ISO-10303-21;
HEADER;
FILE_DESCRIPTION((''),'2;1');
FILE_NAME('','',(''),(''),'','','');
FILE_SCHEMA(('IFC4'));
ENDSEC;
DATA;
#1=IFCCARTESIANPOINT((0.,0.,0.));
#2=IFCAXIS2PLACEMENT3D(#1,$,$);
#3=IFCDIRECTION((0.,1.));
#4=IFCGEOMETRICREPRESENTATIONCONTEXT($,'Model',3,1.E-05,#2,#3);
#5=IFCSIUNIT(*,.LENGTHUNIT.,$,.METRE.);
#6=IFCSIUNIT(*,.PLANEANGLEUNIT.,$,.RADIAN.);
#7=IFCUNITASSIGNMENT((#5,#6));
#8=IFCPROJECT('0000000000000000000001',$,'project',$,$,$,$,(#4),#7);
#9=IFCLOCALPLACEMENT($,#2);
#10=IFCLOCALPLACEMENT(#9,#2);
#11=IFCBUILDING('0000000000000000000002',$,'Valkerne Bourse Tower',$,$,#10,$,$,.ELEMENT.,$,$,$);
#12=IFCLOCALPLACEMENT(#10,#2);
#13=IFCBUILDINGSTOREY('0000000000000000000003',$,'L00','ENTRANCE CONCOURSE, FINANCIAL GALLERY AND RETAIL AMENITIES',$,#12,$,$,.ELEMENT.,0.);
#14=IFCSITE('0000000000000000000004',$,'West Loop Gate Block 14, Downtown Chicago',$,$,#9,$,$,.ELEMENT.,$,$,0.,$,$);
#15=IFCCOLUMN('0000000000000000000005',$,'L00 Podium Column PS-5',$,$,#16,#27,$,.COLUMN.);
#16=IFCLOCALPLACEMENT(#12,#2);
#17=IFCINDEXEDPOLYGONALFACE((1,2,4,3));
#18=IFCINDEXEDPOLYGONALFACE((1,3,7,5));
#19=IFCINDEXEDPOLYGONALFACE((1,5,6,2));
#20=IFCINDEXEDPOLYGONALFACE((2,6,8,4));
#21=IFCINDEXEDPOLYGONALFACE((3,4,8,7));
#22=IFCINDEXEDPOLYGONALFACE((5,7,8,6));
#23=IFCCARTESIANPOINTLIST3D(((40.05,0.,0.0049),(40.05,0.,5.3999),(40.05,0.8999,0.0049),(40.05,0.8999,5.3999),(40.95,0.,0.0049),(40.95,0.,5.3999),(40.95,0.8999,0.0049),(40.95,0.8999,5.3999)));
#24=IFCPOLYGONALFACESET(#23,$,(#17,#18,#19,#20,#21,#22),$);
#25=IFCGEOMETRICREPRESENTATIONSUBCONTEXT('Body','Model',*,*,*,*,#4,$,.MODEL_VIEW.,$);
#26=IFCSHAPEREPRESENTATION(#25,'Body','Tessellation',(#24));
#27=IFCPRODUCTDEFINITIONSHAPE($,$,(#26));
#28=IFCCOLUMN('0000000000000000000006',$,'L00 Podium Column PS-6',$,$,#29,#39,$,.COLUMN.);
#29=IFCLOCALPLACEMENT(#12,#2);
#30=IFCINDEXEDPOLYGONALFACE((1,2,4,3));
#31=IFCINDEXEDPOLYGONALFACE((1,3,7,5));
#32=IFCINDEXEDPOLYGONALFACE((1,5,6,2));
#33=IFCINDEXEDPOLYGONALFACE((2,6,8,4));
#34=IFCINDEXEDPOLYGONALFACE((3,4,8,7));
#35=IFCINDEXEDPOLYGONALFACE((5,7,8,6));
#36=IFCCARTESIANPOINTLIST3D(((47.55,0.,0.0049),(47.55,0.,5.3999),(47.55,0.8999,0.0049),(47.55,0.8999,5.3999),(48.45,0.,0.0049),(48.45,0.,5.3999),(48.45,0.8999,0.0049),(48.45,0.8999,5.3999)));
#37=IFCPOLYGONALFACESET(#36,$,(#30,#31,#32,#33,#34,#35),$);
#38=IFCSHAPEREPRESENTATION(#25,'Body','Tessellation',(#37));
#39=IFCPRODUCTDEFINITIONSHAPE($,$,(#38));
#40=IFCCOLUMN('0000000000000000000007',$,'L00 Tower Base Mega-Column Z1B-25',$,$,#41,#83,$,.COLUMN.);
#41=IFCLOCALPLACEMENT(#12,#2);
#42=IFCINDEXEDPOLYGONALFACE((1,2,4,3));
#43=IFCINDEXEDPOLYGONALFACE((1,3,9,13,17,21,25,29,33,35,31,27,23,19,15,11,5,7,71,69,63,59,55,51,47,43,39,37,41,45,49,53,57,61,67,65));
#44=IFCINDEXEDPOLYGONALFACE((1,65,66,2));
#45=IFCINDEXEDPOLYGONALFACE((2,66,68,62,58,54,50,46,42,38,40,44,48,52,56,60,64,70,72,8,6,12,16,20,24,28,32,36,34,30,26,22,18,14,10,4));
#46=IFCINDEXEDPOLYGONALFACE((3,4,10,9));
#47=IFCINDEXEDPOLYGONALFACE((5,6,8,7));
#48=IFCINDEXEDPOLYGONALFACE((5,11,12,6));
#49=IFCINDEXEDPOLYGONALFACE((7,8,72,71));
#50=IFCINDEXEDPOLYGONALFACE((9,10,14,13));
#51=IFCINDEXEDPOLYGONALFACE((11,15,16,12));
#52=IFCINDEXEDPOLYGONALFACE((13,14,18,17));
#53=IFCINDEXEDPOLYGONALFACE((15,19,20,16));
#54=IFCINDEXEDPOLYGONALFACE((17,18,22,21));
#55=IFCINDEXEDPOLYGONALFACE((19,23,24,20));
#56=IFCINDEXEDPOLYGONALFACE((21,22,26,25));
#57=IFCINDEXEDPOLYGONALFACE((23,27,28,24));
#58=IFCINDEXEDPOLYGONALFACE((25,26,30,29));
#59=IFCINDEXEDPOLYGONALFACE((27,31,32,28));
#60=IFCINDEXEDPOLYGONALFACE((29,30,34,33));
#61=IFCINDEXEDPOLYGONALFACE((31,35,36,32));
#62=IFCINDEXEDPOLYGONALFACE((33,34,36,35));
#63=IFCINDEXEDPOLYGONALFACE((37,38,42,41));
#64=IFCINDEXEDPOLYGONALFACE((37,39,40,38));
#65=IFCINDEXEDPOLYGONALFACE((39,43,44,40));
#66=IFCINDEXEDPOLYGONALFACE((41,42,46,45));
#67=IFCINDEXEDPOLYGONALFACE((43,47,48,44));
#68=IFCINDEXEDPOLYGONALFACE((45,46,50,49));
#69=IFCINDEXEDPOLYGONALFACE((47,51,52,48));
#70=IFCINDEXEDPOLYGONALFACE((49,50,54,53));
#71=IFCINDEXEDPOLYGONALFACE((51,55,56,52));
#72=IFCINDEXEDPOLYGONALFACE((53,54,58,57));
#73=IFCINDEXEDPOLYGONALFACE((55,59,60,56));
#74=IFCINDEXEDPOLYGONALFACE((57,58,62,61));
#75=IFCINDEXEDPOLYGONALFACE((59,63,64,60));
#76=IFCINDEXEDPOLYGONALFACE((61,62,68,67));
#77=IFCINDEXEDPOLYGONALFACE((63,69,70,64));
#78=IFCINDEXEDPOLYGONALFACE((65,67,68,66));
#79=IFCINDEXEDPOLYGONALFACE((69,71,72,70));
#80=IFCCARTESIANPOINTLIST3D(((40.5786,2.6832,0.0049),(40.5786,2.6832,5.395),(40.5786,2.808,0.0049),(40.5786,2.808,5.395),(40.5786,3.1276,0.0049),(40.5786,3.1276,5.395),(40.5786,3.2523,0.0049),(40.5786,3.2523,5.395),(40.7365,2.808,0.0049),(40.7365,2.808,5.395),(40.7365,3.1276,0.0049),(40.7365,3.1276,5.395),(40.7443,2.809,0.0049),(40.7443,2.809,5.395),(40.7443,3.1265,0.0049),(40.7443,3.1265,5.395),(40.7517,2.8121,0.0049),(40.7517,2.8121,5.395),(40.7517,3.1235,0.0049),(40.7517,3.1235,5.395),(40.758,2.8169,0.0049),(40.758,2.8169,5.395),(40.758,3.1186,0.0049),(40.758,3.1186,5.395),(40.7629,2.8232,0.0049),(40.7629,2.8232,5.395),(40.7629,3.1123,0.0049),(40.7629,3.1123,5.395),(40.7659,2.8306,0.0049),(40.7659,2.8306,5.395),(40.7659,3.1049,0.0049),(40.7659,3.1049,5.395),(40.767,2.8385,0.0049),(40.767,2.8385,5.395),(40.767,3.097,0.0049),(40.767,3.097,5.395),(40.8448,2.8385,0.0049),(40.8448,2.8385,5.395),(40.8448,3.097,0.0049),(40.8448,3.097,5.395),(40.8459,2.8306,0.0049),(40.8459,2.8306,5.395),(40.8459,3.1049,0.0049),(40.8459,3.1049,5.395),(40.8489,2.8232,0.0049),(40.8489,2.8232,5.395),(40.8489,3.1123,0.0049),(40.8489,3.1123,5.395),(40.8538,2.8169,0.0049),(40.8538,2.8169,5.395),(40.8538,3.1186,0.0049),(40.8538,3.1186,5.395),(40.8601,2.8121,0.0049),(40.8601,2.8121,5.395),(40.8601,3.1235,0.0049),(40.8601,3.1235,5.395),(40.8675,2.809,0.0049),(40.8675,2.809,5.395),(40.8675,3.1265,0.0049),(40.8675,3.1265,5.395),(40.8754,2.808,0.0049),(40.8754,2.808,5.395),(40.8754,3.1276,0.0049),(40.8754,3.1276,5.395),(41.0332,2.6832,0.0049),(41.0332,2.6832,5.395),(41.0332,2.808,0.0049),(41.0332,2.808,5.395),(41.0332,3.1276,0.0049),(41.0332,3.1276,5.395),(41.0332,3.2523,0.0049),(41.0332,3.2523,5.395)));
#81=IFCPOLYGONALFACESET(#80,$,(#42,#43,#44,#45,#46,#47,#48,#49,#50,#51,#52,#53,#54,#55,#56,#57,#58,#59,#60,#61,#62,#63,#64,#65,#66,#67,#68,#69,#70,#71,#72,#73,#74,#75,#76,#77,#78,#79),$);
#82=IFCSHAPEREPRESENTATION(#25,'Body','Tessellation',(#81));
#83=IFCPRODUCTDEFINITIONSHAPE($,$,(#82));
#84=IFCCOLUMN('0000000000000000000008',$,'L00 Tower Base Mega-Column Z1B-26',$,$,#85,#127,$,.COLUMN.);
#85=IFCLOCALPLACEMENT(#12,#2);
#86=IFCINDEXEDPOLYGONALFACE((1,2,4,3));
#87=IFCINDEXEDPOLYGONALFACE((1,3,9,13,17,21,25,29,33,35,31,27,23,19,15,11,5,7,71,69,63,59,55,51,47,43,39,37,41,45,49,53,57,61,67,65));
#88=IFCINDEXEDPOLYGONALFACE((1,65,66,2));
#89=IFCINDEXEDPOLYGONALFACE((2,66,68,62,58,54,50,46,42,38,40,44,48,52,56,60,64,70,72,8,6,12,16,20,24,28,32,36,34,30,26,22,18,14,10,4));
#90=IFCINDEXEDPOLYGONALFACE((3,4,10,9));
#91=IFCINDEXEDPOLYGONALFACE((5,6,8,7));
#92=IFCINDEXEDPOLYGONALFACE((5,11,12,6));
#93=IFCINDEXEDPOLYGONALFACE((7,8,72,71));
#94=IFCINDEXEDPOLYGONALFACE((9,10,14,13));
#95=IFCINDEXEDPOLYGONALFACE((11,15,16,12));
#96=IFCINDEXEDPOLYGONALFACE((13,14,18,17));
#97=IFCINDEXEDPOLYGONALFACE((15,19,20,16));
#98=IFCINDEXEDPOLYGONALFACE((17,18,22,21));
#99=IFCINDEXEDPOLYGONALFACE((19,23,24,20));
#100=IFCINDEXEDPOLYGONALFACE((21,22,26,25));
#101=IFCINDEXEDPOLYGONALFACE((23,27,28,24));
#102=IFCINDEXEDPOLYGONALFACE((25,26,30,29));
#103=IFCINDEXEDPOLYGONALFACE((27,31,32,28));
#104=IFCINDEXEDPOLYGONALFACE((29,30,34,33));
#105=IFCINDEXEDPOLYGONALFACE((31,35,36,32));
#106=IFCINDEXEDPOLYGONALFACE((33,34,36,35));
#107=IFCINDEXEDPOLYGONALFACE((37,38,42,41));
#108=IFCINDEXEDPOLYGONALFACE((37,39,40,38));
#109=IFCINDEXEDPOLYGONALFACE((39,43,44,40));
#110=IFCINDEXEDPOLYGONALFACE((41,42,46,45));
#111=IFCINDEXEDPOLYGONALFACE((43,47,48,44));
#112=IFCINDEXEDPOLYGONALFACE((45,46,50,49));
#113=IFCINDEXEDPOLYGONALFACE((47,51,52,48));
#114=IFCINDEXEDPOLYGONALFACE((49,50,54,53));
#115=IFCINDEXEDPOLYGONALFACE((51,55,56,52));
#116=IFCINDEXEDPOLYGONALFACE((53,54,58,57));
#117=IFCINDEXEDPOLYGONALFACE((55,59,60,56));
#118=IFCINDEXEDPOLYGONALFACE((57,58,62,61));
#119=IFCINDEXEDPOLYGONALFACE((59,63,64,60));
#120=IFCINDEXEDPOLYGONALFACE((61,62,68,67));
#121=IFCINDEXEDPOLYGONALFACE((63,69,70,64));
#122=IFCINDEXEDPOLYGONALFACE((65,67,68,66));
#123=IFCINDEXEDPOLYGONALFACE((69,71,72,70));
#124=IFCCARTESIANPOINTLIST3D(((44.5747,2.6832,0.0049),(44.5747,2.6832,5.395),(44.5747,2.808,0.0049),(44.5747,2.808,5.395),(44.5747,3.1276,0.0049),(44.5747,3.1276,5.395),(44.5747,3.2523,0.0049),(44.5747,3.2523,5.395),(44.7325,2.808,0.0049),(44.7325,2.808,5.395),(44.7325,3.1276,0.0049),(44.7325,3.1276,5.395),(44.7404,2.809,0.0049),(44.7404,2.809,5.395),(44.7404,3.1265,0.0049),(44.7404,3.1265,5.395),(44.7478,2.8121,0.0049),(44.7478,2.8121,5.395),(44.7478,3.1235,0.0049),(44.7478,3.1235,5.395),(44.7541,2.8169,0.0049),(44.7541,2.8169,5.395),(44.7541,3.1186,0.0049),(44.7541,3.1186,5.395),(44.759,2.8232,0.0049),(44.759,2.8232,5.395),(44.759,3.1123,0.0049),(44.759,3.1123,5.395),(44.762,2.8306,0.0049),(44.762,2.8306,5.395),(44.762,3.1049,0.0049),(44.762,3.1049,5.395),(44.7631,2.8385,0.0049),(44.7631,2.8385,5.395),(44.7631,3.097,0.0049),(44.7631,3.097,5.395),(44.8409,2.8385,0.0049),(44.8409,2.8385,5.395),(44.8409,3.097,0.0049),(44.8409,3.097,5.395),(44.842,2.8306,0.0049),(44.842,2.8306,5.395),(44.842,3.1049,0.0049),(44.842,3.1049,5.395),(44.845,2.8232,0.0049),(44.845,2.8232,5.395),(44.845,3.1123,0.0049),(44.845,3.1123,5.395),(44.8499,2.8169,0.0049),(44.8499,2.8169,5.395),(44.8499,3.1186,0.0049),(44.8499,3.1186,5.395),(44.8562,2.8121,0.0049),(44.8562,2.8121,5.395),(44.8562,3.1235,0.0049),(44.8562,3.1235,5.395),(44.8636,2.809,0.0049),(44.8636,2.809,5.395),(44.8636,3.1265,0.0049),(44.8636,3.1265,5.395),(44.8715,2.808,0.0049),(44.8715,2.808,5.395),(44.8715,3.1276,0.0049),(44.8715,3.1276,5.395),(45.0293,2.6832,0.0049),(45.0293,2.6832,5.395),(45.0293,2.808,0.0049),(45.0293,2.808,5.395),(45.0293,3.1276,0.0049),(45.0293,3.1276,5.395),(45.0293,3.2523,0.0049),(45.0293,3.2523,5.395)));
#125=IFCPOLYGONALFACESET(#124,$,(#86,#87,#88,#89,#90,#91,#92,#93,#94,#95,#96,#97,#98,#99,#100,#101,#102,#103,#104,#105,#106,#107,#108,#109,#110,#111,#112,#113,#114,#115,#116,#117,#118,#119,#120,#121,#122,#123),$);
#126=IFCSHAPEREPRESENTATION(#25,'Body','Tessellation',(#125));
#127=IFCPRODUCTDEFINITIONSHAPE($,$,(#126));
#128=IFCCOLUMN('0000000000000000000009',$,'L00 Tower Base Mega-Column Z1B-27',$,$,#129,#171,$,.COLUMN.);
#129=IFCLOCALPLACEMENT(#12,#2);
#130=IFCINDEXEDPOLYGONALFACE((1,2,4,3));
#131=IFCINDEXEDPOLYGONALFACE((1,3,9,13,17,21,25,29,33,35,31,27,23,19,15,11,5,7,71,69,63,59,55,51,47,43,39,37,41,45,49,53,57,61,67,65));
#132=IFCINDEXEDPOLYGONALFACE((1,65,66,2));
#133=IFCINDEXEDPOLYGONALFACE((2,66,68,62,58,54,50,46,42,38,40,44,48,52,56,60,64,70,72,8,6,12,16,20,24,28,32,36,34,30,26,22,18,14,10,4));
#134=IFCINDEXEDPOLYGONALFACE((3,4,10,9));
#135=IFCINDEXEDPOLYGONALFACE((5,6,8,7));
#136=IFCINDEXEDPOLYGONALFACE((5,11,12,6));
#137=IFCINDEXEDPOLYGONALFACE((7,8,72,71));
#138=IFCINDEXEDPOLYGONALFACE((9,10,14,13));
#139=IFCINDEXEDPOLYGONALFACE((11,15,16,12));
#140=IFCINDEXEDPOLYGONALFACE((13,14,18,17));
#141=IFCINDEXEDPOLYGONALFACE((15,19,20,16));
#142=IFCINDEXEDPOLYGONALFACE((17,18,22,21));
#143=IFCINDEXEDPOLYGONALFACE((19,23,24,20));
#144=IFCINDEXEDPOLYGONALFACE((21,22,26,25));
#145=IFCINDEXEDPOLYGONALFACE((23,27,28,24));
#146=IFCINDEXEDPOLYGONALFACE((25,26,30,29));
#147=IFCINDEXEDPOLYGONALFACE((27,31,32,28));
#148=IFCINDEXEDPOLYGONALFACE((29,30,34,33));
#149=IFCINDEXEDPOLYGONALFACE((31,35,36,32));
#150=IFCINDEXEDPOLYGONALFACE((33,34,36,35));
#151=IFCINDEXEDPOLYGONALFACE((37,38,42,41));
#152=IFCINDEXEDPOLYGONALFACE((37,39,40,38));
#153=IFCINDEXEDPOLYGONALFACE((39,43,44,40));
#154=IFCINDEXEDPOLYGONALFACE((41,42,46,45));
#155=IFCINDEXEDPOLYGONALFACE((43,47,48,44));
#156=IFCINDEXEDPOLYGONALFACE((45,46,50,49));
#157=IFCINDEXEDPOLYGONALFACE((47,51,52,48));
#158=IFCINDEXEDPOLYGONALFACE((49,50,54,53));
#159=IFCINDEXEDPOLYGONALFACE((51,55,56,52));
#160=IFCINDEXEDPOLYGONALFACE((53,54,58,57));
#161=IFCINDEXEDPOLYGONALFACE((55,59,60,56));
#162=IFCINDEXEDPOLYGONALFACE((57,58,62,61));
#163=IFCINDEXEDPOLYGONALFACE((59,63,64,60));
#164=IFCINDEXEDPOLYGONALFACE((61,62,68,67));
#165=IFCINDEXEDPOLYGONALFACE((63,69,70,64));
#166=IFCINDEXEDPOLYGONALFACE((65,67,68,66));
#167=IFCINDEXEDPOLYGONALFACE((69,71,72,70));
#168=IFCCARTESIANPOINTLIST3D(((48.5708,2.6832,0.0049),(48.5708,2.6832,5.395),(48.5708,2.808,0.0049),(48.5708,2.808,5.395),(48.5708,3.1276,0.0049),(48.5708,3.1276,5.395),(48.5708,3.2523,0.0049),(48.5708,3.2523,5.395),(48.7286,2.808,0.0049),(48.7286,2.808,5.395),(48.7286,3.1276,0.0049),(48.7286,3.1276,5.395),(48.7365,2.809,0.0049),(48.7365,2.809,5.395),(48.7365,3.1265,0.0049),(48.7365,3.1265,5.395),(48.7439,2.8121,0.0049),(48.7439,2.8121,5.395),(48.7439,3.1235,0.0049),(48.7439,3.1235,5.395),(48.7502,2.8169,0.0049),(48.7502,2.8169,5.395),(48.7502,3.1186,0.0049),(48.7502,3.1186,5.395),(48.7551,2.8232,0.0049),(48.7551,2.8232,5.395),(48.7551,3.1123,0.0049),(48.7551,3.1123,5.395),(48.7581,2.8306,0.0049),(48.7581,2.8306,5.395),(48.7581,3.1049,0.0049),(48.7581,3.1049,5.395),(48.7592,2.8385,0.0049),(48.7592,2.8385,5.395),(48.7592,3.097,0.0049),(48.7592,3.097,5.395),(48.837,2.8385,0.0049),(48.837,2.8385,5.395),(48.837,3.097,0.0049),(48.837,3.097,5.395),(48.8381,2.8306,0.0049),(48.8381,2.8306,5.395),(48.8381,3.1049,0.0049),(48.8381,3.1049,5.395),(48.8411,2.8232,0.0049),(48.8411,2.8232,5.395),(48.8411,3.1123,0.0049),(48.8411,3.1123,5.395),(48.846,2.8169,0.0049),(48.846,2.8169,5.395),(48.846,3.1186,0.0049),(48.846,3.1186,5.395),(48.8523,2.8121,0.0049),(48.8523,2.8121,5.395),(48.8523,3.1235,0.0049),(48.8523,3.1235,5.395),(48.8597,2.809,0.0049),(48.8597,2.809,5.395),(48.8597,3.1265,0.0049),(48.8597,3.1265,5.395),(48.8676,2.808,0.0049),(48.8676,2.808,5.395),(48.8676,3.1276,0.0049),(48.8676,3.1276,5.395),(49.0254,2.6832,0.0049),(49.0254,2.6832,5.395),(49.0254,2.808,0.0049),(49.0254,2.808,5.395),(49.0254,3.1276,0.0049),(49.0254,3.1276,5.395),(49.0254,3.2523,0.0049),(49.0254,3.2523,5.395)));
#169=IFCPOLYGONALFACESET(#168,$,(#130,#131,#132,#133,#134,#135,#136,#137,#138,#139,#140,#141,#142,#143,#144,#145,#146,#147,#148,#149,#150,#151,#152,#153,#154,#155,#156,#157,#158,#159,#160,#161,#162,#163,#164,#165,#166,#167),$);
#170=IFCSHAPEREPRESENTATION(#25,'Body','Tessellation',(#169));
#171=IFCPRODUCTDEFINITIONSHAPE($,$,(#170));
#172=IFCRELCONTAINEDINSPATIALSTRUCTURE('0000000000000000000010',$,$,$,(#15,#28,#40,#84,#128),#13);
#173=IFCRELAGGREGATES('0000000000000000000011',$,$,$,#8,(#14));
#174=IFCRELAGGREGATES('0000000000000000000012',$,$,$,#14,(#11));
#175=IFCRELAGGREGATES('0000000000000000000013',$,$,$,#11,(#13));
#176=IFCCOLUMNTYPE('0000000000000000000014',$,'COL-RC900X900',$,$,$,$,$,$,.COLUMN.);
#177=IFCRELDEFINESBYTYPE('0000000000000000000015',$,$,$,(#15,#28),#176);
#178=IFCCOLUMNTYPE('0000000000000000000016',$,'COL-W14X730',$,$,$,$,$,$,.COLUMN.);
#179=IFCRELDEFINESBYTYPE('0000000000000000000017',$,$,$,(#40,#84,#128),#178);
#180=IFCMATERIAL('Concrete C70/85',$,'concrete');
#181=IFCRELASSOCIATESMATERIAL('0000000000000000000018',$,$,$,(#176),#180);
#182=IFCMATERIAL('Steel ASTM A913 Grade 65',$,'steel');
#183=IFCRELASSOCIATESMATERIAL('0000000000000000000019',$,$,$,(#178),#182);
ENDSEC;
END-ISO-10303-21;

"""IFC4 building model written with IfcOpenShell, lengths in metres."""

from ifc_helpers import new_model, si_unit, direction, frame, origin, origin_2d, place, context, subcontext, project, spatial, rectangle, i_section, extrude, material, material_profile, profile_set, type_object, element, save


model = new_model("IFC4")

# Units and contexts
model_context = context("Model", 3, precision=1e-05, world=origin(), true_north=direction((0.0, 1.0)))
body_context = subcontext(model_context, "Body", "Model", "MODEL_VIEW")
ifc_project = project(units=[si_unit("LENGTHUNIT", "METRE"), si_unit("PLANEANGLEUNIT", "RADIAN")], contexts=[model_context])

# Site, building, storey
site_placement = place(None, origin())
site = spatial("IfcSite", under=ifc_project, at=site_placement, Name="West Loop Gate Block 14, Downtown Chicago", CompositionType="ELEMENT", RefElevation=0.0)
building_placement = place(site_placement, origin())
building = spatial("IfcBuilding", under=site, at=building_placement, Name="Valkerne Bourse Tower", CompositionType="ELEMENT")
storey_placement = place(building_placement, origin())
storey = spatial("IfcBuildingStorey", under=building, at=storey_placement, Name="L00", Description="ENTRANCE CONCOURSE, FINANCIAL GALLERY AND RETAIL AMENITIES", CompositionType="ELEMENT", Elevation=0.0)

# Columns
ifc_material_1 = material(Name="Concrete C70/85", Category="concrete")
ifc_material_profile_1 = material_profile(ifc_material_1, rectangle(XDim=0.8999, YDim=0.8999, at=origin_2d()), Name="RC900X900")
ifc_profile_set_1 = profile_set([ifc_material_profile_1], Name="Concrete C70/85")
column_type_1 = type_object("IfcColumnType", Name="COL-RC900X900", PredefinedType="COLUMN", material=ifc_profile_set_1)
for number, where, z_axis, x_axis, name in (
    (1, (40.5, 0.45, 0.0049), (0.0, 0.0, 1.0), (1.0, 0.0, 0.0), "L00 Podium Column PS-5"),
    (2, (48.0, 0.45, 0.0049), (0.0, 0.0, 1.0), (1.0, 0.0, 0.0), "L00 Podium Column PS-6"),
):
    element("IfcColumn", number, at=place(storey_placement, frame(where, z_axis=z_axis, x_axis=x_axis)), inside=storey, type_object=column_type_1, Name=name, PredefinedType="COLUMN", context=body_context, shape_type="SweptSolid", body=[
        extrude(rectangle(XDim=0.8999, YDim=0.8999, at=origin_2d()), origin(), (0.0, 0.0, 1.0), 5.395),
    ])
ifc_material_2 = material(Name="Steel ASTM A913 Grade 65", Category="steel")
ifc_material_profile_2 = material_profile(ifc_material_2, i_section(OverallWidth=0.4546, OverallDepth=0.5691, WebThickness=0.0779, FlangeThickness=0.1248, FilletRadius=0.0305, at=origin_2d()), Name="W14X730")
ifc_profile_set_2 = profile_set([ifc_material_profile_2], Name="Steel ASTM A913 Grade 65")
column_type_2 = type_object("IfcColumnType", Name="COL-W14X730", PredefinedType="COLUMN", material=ifc_profile_set_2)
for number, where, z_axis, x_axis, name in (
    (3, (40.8059, 2.9678, 0.0049), (0.0, 0.0, 1.0), (1.0, 0.0, 0.0), "L00 Tower Base Mega-Column Z1B-25"),
    (4, (44.802, 2.9678, 0.0049), (0.0, 0.0, 1.0), (1.0, 0.0, 0.0), "L00 Tower Base Mega-Column Z1B-26"),
    (5, (48.7981, 2.9678, 0.0049), (0.0, 0.0, 1.0), (1.0, 0.0, 0.0), "L00 Tower Base Mega-Column Z1B-27"),
):
    element("IfcColumn", number, at=place(storey_placement, frame(where, z_axis=z_axis, x_axis=x_axis)), inside=storey, type_object=column_type_2, Name=name, PredefinedType="COLUMN", context=body_context, shape_type="SweptSolid", body=[
        extrude(i_section(OverallWidth=0.4546, OverallDepth=0.5691, WebThickness=0.0779, FlangeThickness=0.1248, FilletRadius=0.0305, at=origin_2d()), origin(), (0.0, 0.0, 1.0), 5.3901),
    ])

save(model, "model.ifc")
